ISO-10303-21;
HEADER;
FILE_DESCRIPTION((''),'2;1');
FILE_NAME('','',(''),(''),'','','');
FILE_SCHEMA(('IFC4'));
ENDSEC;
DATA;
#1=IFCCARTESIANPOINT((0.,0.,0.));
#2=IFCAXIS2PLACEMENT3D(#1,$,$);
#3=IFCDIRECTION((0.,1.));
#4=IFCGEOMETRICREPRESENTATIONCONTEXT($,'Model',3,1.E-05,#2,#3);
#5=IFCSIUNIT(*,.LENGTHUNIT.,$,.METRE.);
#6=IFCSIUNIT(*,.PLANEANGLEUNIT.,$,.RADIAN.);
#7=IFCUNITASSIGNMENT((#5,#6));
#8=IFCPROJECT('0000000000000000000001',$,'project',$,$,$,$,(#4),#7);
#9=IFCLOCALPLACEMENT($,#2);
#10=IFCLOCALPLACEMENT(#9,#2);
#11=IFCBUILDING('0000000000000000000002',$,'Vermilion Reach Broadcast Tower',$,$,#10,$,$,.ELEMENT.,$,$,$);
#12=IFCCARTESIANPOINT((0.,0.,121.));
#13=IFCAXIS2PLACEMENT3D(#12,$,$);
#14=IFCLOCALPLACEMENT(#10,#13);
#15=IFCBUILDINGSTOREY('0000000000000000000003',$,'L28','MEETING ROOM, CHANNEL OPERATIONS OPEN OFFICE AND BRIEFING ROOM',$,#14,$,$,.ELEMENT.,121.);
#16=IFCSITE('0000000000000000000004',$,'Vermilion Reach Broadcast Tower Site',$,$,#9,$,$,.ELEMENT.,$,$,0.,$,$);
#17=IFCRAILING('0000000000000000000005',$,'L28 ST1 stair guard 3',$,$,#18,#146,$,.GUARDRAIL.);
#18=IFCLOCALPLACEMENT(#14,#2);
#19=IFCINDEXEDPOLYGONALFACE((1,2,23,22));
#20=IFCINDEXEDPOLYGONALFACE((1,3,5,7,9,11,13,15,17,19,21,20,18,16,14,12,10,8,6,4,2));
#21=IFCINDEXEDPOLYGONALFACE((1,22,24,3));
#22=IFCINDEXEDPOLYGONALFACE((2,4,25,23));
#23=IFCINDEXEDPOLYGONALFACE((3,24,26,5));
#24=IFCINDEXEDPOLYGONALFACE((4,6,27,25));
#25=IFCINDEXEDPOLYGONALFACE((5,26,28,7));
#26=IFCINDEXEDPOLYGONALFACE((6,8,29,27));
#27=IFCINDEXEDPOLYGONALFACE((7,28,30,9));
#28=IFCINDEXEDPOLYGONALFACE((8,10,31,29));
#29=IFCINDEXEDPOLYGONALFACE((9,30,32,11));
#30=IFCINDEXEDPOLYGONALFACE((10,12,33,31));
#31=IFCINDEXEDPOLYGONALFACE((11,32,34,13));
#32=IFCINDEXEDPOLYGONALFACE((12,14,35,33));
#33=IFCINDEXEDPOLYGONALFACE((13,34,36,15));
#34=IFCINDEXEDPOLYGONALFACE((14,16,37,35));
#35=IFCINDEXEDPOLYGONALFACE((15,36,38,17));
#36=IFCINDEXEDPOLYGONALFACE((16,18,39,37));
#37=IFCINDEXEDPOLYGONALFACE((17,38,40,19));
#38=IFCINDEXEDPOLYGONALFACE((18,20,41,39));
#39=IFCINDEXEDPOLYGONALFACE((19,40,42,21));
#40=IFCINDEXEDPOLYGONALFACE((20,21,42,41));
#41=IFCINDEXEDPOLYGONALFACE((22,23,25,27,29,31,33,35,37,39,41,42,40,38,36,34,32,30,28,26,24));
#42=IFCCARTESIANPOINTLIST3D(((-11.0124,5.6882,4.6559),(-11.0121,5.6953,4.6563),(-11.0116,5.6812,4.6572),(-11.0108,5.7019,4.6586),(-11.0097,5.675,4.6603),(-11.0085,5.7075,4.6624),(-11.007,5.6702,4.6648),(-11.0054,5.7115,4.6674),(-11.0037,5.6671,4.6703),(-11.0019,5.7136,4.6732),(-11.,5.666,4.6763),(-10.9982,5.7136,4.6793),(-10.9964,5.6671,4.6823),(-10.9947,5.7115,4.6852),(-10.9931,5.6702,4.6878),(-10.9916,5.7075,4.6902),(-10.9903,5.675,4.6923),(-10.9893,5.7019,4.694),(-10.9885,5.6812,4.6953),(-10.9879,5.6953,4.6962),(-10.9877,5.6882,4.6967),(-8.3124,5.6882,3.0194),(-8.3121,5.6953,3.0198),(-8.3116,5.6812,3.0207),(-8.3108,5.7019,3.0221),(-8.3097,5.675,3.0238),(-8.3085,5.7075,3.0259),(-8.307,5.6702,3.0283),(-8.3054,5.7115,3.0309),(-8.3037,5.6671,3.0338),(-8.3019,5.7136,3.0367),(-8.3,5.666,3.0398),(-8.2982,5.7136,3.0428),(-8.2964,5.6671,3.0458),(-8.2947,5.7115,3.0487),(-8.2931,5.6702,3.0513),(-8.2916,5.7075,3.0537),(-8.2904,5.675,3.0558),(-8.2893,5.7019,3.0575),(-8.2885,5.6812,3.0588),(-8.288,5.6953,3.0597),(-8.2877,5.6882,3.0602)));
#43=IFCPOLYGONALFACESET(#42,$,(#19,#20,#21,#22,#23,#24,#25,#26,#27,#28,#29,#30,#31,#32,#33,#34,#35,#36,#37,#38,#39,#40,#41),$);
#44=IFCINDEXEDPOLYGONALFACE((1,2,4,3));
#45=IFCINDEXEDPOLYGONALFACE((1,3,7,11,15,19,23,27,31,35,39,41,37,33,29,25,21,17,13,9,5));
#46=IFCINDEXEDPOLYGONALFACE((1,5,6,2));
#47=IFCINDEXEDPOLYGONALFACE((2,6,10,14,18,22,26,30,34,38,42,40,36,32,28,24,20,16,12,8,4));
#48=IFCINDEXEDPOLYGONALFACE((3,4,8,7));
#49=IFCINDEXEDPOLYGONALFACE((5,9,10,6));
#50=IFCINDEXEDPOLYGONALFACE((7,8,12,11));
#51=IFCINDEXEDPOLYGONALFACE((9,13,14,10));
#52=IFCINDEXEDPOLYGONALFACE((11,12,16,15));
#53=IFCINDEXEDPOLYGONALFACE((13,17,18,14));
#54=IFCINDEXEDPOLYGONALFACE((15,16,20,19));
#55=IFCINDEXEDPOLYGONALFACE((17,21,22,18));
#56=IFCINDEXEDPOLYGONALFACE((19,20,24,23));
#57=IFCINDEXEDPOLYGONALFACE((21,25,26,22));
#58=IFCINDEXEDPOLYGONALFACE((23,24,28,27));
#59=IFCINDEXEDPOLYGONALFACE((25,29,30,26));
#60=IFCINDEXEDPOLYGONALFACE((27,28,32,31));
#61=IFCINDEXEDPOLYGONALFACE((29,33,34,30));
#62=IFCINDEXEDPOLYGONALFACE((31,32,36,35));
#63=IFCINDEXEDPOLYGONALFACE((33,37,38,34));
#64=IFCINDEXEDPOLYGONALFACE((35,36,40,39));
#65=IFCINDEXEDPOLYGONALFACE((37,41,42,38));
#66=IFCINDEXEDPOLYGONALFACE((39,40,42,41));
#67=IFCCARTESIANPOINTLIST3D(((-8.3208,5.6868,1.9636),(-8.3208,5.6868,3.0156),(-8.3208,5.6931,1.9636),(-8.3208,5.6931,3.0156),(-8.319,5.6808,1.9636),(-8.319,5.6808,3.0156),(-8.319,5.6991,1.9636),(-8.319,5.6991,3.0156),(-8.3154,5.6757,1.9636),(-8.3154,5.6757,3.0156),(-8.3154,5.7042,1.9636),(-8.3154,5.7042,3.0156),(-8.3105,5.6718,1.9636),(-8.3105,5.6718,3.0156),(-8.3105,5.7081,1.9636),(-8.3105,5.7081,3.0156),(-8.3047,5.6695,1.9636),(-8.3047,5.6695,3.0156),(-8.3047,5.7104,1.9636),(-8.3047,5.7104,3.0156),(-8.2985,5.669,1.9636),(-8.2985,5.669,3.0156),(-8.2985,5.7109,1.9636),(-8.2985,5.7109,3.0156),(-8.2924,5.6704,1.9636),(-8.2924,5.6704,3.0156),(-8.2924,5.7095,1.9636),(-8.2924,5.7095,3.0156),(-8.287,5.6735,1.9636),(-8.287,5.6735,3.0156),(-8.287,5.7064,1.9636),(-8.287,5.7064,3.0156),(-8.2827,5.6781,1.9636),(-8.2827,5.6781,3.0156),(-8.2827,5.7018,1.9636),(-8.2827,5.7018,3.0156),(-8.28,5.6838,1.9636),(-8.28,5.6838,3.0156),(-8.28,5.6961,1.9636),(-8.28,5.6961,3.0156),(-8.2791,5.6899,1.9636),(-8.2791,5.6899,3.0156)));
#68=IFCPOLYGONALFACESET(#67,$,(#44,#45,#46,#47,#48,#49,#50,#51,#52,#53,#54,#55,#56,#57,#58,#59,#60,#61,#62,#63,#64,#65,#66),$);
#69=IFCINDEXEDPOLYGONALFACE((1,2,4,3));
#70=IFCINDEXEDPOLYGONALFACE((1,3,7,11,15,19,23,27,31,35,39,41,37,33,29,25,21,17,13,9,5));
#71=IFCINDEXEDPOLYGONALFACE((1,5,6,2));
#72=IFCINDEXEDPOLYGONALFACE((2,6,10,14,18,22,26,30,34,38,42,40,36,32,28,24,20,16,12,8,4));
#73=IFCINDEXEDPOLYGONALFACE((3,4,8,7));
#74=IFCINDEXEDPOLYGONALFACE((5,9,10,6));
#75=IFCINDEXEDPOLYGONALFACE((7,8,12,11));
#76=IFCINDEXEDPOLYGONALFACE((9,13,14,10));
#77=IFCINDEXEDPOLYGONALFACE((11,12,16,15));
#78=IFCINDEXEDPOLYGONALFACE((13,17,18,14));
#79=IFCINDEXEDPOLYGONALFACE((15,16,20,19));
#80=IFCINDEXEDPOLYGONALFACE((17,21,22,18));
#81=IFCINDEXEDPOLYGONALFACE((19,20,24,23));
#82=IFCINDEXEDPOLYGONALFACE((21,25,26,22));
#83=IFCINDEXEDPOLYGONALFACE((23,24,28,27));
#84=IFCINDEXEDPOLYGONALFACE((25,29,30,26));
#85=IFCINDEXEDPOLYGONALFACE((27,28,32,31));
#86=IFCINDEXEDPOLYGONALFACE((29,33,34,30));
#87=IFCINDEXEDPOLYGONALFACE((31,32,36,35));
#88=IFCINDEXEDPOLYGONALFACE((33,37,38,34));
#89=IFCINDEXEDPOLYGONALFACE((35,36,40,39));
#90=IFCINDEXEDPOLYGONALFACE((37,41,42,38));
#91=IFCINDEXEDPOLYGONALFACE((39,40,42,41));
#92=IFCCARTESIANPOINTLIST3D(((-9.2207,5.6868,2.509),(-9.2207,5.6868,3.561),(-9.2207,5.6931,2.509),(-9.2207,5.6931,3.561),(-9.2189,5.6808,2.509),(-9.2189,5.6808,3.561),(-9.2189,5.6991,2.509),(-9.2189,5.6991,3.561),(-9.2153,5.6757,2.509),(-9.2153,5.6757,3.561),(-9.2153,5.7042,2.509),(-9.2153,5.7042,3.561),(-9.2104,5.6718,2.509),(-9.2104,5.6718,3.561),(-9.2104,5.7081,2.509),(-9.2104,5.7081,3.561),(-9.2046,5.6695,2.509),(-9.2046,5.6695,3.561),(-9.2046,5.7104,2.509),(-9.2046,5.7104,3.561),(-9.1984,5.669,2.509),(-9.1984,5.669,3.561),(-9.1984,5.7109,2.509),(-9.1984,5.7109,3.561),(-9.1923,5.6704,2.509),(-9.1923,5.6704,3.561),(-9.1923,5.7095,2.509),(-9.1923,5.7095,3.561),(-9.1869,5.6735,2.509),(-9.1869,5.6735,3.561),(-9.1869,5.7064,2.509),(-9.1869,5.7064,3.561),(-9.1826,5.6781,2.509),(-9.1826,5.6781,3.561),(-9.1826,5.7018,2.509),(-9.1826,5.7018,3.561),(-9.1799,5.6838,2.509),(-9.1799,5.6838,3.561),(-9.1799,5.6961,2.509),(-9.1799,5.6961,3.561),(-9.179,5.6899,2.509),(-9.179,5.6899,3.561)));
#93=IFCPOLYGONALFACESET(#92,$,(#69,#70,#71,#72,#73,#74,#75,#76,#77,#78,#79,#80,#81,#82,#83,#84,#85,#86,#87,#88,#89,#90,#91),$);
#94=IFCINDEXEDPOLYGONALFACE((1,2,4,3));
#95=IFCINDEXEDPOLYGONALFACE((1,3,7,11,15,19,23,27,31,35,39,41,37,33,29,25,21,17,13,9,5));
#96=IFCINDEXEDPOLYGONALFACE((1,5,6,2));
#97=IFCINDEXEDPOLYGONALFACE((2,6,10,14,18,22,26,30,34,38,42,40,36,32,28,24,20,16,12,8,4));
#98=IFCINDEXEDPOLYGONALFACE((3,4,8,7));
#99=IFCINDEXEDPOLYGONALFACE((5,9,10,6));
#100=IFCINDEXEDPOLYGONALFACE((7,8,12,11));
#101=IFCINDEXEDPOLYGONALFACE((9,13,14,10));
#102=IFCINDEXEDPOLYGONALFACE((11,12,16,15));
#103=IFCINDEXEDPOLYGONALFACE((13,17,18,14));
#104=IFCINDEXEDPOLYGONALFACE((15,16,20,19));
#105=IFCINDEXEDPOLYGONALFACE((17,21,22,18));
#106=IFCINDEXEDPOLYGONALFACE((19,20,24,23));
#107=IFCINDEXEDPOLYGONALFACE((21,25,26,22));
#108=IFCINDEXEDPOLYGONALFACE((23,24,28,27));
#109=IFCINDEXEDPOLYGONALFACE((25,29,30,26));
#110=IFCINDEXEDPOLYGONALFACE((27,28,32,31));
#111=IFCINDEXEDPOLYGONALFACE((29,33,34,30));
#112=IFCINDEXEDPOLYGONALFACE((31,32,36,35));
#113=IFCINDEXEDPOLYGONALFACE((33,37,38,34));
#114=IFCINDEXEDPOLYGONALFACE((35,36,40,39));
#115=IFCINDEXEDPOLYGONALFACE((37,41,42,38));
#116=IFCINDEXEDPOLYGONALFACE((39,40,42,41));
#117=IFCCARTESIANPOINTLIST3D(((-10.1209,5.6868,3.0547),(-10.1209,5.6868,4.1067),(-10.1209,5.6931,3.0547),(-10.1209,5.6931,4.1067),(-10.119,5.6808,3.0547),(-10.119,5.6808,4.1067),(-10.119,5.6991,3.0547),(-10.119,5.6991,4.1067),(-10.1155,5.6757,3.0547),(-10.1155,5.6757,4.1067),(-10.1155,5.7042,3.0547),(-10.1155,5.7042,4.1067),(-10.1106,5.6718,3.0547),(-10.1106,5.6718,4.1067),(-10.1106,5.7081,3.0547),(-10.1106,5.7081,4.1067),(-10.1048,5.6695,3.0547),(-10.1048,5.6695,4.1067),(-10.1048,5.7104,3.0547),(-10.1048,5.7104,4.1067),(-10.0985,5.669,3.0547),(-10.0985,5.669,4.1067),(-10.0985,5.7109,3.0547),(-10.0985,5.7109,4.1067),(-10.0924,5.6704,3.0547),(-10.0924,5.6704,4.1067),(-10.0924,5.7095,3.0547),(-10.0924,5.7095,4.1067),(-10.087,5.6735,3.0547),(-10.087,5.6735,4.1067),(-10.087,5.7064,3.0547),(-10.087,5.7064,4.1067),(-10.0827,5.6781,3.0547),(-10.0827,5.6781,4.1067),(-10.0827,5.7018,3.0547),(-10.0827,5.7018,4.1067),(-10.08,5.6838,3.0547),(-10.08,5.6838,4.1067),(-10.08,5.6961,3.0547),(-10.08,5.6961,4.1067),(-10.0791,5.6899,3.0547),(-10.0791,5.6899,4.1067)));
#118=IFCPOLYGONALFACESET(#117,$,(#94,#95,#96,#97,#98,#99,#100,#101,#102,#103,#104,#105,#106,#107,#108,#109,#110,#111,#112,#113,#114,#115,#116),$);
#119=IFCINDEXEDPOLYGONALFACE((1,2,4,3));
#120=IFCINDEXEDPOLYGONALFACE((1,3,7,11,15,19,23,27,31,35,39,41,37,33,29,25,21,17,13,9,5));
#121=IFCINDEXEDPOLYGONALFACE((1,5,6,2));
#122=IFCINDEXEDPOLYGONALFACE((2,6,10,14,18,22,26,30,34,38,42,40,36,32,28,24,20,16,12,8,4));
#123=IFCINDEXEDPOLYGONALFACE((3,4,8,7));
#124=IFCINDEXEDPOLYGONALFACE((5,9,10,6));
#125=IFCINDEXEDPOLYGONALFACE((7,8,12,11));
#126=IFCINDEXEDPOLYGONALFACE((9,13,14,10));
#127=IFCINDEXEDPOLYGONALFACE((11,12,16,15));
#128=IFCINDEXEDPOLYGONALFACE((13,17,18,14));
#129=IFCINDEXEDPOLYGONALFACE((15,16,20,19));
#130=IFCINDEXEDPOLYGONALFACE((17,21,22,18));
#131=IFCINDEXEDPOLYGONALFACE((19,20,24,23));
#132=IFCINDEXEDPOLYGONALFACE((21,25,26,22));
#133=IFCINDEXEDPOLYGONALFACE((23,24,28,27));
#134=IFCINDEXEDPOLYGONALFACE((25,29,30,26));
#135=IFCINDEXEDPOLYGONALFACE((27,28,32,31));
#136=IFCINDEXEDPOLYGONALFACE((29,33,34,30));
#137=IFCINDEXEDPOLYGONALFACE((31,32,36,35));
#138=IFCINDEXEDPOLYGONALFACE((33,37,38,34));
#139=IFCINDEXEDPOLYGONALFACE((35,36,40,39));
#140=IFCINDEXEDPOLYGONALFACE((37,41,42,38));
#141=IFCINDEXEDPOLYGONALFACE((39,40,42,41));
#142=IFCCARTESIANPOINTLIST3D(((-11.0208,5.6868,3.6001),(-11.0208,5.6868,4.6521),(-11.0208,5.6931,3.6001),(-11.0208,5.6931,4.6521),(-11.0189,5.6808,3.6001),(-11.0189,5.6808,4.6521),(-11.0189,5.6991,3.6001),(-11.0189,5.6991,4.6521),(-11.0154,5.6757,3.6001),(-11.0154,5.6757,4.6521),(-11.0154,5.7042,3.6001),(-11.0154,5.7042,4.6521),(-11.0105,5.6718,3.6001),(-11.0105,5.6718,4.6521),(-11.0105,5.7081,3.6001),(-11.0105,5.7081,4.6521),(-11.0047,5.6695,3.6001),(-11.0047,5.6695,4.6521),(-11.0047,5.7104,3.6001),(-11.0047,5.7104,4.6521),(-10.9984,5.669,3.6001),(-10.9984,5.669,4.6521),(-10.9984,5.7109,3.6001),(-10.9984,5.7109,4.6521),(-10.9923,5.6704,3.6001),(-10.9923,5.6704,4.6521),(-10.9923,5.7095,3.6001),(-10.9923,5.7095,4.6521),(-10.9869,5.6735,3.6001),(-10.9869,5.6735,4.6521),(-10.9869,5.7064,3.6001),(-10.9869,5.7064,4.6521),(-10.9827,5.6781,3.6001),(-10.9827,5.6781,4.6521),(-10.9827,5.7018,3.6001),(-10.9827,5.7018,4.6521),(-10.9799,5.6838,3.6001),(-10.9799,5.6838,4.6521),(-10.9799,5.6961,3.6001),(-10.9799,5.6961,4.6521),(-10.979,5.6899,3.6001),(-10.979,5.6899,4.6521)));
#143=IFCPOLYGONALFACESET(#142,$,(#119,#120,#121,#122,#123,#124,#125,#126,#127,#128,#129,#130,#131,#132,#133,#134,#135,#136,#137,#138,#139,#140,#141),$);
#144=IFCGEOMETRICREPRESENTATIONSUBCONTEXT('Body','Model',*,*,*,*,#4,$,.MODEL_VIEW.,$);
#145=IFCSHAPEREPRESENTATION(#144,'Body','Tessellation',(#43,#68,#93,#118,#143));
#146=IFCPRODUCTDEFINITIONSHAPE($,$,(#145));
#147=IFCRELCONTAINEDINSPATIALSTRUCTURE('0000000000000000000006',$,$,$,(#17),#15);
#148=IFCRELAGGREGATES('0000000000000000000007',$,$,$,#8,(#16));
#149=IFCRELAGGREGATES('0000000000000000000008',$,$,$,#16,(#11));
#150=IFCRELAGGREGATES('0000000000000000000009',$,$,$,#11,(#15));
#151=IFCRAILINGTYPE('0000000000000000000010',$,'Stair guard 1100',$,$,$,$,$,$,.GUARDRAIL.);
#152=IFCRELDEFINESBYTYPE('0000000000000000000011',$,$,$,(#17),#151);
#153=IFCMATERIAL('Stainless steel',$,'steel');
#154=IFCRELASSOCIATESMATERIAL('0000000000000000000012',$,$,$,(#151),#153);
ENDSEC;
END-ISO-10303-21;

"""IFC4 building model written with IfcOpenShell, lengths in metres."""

from ifc_helpers import new_model, si_unit, direction, frame, origin, origin_2d, place, context, subcontext, project, spatial, circle, extrude, material, type_object, element, save


model = new_model("IFC4")

# Units and contexts
model_context = context("Model", 3, precision=1e-05, world=origin(), true_north=direction((0.0, 1.0)))
body_context = subcontext(model_context, "Body", "Model", "MODEL_VIEW")
ifc_project = project(units=[si_unit("LENGTHUNIT", "METRE"), si_unit("PLANEANGLEUNIT", "RADIAN")], contexts=[model_context])

# Site, building, storey
site_placement = place(None, origin())
site = spatial("IfcSite", under=ifc_project, at=site_placement, Name="Vermilion Reach Broadcast Tower Site", CompositionType="ELEMENT", RefElevation=0.0)
building_placement = place(site_placement, origin())
building = spatial("IfcBuilding", under=site, at=building_placement, Name="Vermilion Reach Broadcast Tower", CompositionType="ELEMENT")
storey_placement = place(building_placement, frame((0.0, 0.0, 121.0)))
storey = spatial("IfcBuildingStorey", under=building, at=storey_placement, Name="L28", Description="MEETING ROOM, CHANNEL OPERATIONS OPEN OFFICE AND BRIEFING ROOM", CompositionType="ELEMENT", Elevation=121.0)

# Railing
ifc_material_1 = material(Name="Stainless steel", Category="steel")
railing_type_1 = type_object("IfcRailingType", Name="Stair guard 1100", PredefinedType="GUARDRAIL", material=ifc_material_1)
railing_1_placement = place(storey_placement, frame((-8.3, 5.6899, 1.9636)))
element("IfcRailing", 1, at=railing_1_placement, inside=storey, type_object=railing_type_1, Name="L28 ST1 stair guard 3", PredefinedType="GUARDRAIL", context=body_context, shape_type="SweptSolid", body=[
    extrude(circle(Radius=0.0239, at=origin_2d()), frame((0.0, 0.0, 1.0762), z_axis=(-0.855178, 0.0, 0.518334), x_axis=(0.0, -1.0, 0.0)), (0.0, 0.0, 1.0), 3.1572),
    extrude(circle(Radius=0.021, at=origin_2d()), origin(), (0.0, 0.0, 1.0), 1.052),
    extrude(circle(Radius=0.021, at=origin_2d()), frame((-0.8999, 0.0, 0.5454)), (0.0, 0.0, 1.0), 1.052),
    extrude(circle(Radius=0.021, at=origin_2d()), frame((-1.8, 0.0, 1.0911)), (0.0, 0.0, 1.0), 1.052),
    extrude(circle(Radius=0.021, at=origin_2d()), frame((-2.7, 0.0, 1.6365)), (0.0, 0.0, 1.0), 1.052),
])

save(model, "model.ifc")
